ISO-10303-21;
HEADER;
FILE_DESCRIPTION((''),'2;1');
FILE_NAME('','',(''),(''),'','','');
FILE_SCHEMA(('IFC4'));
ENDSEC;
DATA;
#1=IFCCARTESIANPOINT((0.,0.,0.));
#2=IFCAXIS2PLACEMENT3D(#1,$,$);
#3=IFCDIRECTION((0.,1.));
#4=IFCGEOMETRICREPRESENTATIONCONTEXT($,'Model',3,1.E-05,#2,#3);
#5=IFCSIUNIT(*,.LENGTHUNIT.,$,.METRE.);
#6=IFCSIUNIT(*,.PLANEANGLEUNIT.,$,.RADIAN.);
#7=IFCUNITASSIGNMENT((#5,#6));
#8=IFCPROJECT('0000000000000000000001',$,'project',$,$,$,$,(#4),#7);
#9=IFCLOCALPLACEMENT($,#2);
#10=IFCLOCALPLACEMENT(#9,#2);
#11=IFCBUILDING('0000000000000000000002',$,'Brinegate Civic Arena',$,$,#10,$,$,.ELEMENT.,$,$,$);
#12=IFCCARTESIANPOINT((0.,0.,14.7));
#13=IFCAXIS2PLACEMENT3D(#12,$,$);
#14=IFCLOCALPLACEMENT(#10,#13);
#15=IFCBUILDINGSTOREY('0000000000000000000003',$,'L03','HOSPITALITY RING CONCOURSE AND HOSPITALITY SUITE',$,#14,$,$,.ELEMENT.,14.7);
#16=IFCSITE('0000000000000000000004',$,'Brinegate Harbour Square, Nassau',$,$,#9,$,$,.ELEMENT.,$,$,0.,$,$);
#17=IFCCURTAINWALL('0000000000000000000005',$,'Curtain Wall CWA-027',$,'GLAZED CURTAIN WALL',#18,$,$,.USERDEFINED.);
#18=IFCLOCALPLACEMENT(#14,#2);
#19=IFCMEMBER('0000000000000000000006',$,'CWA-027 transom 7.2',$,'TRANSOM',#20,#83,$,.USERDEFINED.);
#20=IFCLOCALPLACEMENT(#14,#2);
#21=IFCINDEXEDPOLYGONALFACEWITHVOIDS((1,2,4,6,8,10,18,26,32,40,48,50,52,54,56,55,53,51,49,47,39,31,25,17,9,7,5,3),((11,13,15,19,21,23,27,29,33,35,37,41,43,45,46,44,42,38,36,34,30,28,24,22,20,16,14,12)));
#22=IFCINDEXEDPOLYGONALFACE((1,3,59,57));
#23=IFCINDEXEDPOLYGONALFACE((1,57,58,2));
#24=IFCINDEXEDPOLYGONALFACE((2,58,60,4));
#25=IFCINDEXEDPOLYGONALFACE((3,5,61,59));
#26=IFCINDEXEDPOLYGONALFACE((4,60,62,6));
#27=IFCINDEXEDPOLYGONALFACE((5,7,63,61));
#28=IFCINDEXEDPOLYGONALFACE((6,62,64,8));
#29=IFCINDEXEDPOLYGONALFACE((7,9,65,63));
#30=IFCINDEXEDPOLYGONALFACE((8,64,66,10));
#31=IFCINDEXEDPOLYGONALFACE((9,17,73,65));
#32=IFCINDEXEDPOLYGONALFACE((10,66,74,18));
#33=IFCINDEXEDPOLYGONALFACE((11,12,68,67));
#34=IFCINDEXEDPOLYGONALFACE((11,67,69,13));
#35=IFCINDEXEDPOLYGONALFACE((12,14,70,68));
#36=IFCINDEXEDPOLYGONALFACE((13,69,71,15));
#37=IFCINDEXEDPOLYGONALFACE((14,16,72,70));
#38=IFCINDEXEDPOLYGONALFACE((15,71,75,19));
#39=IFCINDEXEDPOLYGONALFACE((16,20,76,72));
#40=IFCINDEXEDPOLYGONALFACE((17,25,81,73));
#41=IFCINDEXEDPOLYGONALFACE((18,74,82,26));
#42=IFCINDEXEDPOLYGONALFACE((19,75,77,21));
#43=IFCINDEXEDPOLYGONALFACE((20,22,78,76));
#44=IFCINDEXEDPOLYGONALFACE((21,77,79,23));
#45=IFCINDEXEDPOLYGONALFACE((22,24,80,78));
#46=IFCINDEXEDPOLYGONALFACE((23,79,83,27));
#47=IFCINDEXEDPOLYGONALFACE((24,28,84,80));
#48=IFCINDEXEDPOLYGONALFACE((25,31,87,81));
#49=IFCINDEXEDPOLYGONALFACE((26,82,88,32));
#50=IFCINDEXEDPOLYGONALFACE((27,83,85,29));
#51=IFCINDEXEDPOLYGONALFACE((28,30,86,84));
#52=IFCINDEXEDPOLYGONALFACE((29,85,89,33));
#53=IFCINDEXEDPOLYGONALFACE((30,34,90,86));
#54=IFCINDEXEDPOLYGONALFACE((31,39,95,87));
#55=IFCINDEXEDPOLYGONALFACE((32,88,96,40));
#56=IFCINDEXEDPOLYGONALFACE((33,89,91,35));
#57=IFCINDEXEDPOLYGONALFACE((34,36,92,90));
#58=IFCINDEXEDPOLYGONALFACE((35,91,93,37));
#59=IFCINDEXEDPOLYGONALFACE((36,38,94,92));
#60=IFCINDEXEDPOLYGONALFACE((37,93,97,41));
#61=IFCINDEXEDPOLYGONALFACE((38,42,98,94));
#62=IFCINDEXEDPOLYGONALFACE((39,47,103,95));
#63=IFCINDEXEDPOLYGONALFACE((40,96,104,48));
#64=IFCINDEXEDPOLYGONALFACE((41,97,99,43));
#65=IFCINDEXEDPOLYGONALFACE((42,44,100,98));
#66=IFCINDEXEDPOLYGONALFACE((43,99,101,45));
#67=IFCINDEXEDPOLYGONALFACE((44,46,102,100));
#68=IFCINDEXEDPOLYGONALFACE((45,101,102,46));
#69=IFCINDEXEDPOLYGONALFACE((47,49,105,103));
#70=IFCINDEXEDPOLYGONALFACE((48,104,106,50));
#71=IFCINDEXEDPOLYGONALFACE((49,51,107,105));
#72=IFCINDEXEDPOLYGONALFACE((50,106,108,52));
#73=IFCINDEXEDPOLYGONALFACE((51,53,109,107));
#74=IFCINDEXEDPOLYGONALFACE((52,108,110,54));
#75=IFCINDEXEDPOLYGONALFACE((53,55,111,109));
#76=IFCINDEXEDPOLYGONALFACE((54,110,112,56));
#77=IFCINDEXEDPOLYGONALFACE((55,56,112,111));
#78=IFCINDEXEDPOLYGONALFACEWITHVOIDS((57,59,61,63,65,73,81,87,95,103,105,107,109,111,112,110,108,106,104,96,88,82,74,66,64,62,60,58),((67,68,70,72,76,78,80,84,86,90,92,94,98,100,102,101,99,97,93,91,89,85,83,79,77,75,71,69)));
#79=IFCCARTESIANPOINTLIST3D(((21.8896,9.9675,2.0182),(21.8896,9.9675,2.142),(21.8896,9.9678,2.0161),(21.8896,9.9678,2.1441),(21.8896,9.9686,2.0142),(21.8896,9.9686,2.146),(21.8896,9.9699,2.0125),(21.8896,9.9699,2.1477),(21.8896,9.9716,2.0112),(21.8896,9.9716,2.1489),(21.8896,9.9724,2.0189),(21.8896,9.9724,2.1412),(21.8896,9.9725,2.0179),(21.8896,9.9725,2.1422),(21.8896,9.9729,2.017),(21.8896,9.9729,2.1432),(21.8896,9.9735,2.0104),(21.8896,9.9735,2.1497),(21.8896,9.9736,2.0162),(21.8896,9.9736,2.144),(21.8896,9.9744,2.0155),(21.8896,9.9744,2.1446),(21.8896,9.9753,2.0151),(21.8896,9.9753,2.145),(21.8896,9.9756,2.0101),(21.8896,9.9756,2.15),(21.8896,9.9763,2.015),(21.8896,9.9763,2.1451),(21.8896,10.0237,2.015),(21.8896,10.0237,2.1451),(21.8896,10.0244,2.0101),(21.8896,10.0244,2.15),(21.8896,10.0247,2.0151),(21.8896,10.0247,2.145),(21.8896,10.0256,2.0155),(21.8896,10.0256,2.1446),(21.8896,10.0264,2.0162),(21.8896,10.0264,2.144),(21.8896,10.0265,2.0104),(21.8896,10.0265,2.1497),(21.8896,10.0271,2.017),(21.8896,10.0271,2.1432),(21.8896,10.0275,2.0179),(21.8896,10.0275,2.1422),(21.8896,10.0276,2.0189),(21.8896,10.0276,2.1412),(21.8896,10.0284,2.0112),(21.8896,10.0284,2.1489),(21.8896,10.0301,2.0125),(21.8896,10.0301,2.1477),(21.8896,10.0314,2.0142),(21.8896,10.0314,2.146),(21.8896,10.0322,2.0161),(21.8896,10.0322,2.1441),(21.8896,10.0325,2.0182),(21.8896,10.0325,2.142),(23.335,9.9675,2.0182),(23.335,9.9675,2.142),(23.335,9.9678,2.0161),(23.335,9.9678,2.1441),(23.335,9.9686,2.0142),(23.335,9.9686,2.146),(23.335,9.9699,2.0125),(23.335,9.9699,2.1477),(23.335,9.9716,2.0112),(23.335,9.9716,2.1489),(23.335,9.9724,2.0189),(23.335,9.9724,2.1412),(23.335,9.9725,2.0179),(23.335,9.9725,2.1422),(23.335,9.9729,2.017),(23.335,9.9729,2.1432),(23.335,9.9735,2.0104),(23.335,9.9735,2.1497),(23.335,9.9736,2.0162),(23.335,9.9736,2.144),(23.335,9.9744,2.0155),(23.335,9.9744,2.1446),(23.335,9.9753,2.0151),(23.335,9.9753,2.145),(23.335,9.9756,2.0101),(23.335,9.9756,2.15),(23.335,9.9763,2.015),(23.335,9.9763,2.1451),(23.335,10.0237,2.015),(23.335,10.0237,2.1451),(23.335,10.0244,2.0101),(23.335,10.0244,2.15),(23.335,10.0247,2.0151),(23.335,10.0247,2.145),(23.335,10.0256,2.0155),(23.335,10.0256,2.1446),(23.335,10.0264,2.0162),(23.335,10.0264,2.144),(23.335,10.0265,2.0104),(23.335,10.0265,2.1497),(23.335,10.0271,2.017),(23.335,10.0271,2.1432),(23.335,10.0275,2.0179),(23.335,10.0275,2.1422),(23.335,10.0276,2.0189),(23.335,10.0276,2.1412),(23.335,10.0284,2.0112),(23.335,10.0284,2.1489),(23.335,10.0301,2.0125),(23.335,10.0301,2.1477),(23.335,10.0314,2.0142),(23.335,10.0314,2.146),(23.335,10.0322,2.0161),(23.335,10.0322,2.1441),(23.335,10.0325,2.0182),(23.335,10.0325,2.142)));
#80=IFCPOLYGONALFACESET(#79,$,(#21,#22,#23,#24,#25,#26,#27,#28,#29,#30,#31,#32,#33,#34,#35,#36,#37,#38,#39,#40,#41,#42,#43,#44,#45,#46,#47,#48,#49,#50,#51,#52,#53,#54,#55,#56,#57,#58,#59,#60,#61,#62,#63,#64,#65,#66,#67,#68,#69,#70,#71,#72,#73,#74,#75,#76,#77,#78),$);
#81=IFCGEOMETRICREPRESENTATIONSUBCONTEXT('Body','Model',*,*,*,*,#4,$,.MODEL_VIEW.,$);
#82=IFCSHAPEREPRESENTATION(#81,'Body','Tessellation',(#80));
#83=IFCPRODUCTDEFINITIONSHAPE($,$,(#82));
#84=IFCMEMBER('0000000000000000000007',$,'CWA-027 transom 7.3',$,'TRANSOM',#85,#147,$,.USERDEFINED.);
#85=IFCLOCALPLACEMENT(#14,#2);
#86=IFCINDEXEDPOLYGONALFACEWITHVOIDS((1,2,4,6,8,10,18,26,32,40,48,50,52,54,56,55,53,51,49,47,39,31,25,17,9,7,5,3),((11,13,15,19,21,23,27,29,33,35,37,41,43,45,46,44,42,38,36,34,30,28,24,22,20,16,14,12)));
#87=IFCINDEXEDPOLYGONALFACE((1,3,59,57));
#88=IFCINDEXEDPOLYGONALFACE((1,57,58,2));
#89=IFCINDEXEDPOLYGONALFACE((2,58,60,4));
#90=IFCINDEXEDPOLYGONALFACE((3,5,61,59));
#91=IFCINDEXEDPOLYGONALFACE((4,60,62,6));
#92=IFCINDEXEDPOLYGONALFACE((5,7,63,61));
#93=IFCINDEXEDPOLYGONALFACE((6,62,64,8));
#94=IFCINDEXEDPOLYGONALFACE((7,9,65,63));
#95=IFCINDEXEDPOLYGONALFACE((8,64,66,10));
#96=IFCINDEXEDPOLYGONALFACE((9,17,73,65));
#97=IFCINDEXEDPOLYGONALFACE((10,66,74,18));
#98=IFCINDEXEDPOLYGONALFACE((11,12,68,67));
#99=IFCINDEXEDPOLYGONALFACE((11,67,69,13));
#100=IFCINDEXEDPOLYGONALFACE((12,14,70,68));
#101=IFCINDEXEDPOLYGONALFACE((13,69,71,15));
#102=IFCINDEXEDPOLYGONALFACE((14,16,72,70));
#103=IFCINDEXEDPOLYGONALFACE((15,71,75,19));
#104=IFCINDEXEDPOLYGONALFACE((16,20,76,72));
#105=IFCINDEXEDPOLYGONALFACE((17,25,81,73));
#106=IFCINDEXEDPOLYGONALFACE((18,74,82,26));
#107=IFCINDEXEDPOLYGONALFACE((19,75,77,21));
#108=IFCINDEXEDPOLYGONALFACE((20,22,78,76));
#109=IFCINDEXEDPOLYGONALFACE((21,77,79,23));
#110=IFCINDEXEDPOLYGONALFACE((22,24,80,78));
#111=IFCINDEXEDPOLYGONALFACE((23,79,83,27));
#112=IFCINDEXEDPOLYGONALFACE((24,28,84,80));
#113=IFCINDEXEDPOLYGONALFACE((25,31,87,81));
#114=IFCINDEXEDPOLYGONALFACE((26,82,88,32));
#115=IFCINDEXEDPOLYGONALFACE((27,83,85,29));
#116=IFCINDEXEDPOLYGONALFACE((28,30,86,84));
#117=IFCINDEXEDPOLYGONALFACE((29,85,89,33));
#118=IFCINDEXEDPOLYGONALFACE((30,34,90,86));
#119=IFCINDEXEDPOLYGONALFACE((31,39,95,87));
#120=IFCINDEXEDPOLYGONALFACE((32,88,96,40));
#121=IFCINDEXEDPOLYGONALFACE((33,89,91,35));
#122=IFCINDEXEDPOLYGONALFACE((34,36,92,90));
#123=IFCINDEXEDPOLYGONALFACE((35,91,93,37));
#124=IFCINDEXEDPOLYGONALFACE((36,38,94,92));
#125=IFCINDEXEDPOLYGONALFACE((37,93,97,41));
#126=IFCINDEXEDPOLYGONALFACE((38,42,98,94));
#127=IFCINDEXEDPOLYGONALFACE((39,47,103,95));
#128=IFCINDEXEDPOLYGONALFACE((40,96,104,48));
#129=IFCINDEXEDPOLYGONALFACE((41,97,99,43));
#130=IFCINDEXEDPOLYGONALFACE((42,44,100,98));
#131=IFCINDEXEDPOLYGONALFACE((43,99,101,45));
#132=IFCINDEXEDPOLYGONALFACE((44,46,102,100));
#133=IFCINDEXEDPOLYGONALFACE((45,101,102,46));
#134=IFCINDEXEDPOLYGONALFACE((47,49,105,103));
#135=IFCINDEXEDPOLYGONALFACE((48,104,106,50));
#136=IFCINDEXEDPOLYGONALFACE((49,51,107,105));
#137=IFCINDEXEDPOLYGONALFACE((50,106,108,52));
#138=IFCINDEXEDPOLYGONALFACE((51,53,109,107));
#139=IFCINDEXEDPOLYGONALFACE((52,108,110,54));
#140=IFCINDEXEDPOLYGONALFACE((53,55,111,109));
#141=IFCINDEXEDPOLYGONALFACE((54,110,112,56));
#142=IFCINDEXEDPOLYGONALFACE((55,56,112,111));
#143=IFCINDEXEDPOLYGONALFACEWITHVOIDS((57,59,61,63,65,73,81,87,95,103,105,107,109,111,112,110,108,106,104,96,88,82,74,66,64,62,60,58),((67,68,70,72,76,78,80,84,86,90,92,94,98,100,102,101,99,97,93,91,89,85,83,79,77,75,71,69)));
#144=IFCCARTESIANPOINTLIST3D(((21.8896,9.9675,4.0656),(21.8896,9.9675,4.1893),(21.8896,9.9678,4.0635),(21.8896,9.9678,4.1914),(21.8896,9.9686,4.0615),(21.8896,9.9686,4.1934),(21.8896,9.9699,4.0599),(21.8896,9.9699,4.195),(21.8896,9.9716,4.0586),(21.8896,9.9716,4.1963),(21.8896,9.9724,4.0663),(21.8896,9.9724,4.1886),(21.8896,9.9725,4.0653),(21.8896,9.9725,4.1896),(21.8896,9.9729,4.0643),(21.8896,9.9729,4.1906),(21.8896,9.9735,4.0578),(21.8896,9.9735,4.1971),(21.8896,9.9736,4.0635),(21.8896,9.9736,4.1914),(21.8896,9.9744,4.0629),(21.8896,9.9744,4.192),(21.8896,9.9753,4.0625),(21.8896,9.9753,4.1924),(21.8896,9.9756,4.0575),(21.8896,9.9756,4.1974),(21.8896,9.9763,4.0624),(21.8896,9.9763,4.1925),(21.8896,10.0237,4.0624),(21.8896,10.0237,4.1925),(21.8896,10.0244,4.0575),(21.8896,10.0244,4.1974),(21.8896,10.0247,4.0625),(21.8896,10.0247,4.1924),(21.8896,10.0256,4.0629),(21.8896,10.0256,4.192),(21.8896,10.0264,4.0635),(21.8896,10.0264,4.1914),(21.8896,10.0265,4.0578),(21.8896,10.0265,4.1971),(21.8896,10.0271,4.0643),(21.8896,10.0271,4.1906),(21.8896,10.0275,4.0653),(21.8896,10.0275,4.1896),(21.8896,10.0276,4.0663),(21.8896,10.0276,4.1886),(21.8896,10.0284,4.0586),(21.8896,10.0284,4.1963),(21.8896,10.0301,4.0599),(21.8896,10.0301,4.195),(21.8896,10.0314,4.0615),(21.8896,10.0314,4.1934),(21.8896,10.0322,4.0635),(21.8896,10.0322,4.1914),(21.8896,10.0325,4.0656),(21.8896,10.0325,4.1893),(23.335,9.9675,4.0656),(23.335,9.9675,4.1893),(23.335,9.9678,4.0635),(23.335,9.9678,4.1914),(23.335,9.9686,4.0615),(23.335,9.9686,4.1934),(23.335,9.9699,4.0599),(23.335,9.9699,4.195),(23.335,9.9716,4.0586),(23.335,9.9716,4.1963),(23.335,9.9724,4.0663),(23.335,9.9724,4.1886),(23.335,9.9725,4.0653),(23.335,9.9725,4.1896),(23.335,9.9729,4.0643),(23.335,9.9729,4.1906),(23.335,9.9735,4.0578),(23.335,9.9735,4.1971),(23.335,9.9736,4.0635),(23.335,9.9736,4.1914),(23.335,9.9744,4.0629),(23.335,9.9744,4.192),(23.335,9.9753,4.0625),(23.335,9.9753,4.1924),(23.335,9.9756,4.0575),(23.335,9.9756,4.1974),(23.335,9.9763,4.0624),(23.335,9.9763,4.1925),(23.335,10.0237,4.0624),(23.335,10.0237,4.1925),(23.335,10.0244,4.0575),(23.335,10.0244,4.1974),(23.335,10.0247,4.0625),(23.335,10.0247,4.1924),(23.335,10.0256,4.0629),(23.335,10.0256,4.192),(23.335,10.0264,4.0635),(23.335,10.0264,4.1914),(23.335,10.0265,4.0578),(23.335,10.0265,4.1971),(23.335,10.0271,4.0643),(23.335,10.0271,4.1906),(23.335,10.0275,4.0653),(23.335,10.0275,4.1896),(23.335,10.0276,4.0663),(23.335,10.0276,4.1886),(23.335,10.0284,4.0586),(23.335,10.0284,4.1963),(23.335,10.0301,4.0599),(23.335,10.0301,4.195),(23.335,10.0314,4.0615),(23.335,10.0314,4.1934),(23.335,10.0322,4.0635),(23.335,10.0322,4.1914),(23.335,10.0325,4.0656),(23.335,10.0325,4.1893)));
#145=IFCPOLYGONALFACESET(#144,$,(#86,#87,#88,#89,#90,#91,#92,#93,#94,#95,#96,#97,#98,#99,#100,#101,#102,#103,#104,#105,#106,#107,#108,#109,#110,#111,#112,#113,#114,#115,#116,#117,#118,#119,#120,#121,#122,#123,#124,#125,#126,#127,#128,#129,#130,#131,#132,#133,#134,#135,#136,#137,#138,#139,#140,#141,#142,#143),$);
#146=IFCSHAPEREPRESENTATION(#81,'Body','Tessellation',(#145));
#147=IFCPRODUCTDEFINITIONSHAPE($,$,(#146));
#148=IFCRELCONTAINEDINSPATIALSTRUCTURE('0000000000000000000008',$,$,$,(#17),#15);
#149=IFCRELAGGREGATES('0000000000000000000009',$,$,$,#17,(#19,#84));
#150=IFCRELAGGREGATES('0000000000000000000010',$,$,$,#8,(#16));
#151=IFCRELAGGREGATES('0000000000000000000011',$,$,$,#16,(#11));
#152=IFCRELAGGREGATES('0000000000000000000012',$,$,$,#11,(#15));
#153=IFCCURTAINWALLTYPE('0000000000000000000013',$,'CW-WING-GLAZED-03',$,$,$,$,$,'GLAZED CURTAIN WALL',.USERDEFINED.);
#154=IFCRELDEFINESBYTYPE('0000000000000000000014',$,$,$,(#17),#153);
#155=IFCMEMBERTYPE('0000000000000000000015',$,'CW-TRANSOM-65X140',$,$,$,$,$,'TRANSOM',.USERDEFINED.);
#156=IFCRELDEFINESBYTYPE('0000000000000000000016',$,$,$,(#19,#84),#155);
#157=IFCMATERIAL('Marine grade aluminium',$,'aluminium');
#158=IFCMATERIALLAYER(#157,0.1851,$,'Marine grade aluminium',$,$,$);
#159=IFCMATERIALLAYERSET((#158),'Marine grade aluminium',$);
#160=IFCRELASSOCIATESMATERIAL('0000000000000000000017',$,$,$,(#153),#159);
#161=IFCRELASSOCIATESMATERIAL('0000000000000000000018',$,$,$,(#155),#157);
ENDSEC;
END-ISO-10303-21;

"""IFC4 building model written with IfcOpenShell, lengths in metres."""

from ifc_helpers import new_model, si_unit, direction, frame, origin, origin_2d, place, context, subcontext, project, spatial, hollow_rectangle, extrude, material, layer, layer_set, material_profile, profile_set, type_object, element, aggregate, save


model = new_model("IFC4")

# Units and contexts
model_context = context("Model", 3, precision=1e-05, world=origin(), true_north=direction((0.0, 1.0)))
body_context = subcontext(model_context, "Body", "Model", "MODEL_VIEW")
ifc_project = project(units=[si_unit("LENGTHUNIT", "METRE"), si_unit("PLANEANGLEUNIT", "RADIAN")], contexts=[model_context])

# Site, building, storey
site_placement = place(None, origin())
site = spatial("IfcSite", under=ifc_project, at=site_placement, Name="Brinegate Harbour Square, Nassau", CompositionType="ELEMENT", RefElevation=0.0)
building_placement = place(site_placement, origin())
building = spatial("IfcBuilding", under=site, at=building_placement, Name="Brinegate Civic Arena", CompositionType="ELEMENT")
storey_placement = place(building_placement, frame((0.0, 0.0, 14.7)))
storey = spatial("IfcBuildingStorey", under=building, at=storey_placement, Name="L03", Description="HOSPITALITY RING CONCOURSE AND HOSPITALITY SUITE", CompositionType="ELEMENT", Elevation=14.7)

# Curtain wall
ifc_material_1 = material(Name="Marine grade aluminium", Category="aluminium")
ifc_layer_1 = layer(ifc_material_1, 0.1851, Name="Marine grade aluminium")
ifc_layer_set_1 = layer_set([ifc_layer_1], Name="Marine grade aluminium")
curtain_wall_type = type_object("IfcCurtainWallType", Name="CW-WING-GLAZED-03", ElementType="GLAZED CURTAIN WALL", PredefinedType="USERDEFINED", material=ifc_layer_set_1)
curtain_wall_1_placement = place(storey_placement, origin())
curtain_wall_1 = element("IfcCurtainWall", 1, at=curtain_wall_1_placement, inside=storey, type_object=curtain_wall_type, Name="Curtain Wall CWA-027", ObjectType="GLAZED CURTAIN WALL", PredefinedType="USERDEFINED")

# Members
ifc_material_profile_1 = material_profile(ifc_material_1, hollow_rectangle(XDim=0.0649, YDim=0.1399, WallThickness=0.0049, InnerFilletRadius=0.0039, OuterFilletRadius=0.0081, at=origin_2d()), Name="TRN65X140")
ifc_profile_set_1 = profile_set([ifc_material_profile_1], Name="Marine grade aluminium")
member_type_1 = type_object("IfcMemberType", Name="CW-TRANSOM-65X140", ElementType="TRANSOM", PredefinedType="USERDEFINED", material=ifc_profile_set_1)
member_1_placement = place(storey_placement, frame((21.8896, 10.0, 2.0801), z_axis=(1.0, 0.0, 0.0), x_axis=(0.0, 1.0, 0.0)))
member_1 = element("IfcMember", 2, at=member_1_placement, type_object=member_type_1, Name="CWA-027 transom 7.2", ObjectType="TRANSOM", PredefinedType="USERDEFINED", context=body_context, shape_type="SweptSolid", body=[
    extrude(hollow_rectangle(XDim=0.0649, YDim=0.1399, WallThickness=0.0049, InnerFilletRadius=0.0039, OuterFilletRadius=0.0081, at=origin_2d()), origin(), (0.0, 0.0, 1.0), 1.4453),
])
member_2_placement = place(storey_placement, frame((21.8896, 10.0, 4.1274), z_axis=(1.0, 0.0, 0.0), x_axis=(0.0, 1.0, 0.0)))
member_2 = element("IfcMember", 3, at=member_2_placement, type_object=member_type_1, Name="CWA-027 transom 7.3", ObjectType="TRANSOM", PredefinedType="USERDEFINED", context=body_context, shape_type="SweptSolid", body=[
    extrude(hollow_rectangle(XDim=0.0649, YDim=0.1399, WallThickness=0.0049, InnerFilletRadius=0.0039, OuterFilletRadius=0.0081, at=origin_2d()), origin(), (0.0, 0.0, 1.0), 1.4453),
])

aggregate(curtain_wall_1, [member_1, member_2])

save(model, "model.ifc")
